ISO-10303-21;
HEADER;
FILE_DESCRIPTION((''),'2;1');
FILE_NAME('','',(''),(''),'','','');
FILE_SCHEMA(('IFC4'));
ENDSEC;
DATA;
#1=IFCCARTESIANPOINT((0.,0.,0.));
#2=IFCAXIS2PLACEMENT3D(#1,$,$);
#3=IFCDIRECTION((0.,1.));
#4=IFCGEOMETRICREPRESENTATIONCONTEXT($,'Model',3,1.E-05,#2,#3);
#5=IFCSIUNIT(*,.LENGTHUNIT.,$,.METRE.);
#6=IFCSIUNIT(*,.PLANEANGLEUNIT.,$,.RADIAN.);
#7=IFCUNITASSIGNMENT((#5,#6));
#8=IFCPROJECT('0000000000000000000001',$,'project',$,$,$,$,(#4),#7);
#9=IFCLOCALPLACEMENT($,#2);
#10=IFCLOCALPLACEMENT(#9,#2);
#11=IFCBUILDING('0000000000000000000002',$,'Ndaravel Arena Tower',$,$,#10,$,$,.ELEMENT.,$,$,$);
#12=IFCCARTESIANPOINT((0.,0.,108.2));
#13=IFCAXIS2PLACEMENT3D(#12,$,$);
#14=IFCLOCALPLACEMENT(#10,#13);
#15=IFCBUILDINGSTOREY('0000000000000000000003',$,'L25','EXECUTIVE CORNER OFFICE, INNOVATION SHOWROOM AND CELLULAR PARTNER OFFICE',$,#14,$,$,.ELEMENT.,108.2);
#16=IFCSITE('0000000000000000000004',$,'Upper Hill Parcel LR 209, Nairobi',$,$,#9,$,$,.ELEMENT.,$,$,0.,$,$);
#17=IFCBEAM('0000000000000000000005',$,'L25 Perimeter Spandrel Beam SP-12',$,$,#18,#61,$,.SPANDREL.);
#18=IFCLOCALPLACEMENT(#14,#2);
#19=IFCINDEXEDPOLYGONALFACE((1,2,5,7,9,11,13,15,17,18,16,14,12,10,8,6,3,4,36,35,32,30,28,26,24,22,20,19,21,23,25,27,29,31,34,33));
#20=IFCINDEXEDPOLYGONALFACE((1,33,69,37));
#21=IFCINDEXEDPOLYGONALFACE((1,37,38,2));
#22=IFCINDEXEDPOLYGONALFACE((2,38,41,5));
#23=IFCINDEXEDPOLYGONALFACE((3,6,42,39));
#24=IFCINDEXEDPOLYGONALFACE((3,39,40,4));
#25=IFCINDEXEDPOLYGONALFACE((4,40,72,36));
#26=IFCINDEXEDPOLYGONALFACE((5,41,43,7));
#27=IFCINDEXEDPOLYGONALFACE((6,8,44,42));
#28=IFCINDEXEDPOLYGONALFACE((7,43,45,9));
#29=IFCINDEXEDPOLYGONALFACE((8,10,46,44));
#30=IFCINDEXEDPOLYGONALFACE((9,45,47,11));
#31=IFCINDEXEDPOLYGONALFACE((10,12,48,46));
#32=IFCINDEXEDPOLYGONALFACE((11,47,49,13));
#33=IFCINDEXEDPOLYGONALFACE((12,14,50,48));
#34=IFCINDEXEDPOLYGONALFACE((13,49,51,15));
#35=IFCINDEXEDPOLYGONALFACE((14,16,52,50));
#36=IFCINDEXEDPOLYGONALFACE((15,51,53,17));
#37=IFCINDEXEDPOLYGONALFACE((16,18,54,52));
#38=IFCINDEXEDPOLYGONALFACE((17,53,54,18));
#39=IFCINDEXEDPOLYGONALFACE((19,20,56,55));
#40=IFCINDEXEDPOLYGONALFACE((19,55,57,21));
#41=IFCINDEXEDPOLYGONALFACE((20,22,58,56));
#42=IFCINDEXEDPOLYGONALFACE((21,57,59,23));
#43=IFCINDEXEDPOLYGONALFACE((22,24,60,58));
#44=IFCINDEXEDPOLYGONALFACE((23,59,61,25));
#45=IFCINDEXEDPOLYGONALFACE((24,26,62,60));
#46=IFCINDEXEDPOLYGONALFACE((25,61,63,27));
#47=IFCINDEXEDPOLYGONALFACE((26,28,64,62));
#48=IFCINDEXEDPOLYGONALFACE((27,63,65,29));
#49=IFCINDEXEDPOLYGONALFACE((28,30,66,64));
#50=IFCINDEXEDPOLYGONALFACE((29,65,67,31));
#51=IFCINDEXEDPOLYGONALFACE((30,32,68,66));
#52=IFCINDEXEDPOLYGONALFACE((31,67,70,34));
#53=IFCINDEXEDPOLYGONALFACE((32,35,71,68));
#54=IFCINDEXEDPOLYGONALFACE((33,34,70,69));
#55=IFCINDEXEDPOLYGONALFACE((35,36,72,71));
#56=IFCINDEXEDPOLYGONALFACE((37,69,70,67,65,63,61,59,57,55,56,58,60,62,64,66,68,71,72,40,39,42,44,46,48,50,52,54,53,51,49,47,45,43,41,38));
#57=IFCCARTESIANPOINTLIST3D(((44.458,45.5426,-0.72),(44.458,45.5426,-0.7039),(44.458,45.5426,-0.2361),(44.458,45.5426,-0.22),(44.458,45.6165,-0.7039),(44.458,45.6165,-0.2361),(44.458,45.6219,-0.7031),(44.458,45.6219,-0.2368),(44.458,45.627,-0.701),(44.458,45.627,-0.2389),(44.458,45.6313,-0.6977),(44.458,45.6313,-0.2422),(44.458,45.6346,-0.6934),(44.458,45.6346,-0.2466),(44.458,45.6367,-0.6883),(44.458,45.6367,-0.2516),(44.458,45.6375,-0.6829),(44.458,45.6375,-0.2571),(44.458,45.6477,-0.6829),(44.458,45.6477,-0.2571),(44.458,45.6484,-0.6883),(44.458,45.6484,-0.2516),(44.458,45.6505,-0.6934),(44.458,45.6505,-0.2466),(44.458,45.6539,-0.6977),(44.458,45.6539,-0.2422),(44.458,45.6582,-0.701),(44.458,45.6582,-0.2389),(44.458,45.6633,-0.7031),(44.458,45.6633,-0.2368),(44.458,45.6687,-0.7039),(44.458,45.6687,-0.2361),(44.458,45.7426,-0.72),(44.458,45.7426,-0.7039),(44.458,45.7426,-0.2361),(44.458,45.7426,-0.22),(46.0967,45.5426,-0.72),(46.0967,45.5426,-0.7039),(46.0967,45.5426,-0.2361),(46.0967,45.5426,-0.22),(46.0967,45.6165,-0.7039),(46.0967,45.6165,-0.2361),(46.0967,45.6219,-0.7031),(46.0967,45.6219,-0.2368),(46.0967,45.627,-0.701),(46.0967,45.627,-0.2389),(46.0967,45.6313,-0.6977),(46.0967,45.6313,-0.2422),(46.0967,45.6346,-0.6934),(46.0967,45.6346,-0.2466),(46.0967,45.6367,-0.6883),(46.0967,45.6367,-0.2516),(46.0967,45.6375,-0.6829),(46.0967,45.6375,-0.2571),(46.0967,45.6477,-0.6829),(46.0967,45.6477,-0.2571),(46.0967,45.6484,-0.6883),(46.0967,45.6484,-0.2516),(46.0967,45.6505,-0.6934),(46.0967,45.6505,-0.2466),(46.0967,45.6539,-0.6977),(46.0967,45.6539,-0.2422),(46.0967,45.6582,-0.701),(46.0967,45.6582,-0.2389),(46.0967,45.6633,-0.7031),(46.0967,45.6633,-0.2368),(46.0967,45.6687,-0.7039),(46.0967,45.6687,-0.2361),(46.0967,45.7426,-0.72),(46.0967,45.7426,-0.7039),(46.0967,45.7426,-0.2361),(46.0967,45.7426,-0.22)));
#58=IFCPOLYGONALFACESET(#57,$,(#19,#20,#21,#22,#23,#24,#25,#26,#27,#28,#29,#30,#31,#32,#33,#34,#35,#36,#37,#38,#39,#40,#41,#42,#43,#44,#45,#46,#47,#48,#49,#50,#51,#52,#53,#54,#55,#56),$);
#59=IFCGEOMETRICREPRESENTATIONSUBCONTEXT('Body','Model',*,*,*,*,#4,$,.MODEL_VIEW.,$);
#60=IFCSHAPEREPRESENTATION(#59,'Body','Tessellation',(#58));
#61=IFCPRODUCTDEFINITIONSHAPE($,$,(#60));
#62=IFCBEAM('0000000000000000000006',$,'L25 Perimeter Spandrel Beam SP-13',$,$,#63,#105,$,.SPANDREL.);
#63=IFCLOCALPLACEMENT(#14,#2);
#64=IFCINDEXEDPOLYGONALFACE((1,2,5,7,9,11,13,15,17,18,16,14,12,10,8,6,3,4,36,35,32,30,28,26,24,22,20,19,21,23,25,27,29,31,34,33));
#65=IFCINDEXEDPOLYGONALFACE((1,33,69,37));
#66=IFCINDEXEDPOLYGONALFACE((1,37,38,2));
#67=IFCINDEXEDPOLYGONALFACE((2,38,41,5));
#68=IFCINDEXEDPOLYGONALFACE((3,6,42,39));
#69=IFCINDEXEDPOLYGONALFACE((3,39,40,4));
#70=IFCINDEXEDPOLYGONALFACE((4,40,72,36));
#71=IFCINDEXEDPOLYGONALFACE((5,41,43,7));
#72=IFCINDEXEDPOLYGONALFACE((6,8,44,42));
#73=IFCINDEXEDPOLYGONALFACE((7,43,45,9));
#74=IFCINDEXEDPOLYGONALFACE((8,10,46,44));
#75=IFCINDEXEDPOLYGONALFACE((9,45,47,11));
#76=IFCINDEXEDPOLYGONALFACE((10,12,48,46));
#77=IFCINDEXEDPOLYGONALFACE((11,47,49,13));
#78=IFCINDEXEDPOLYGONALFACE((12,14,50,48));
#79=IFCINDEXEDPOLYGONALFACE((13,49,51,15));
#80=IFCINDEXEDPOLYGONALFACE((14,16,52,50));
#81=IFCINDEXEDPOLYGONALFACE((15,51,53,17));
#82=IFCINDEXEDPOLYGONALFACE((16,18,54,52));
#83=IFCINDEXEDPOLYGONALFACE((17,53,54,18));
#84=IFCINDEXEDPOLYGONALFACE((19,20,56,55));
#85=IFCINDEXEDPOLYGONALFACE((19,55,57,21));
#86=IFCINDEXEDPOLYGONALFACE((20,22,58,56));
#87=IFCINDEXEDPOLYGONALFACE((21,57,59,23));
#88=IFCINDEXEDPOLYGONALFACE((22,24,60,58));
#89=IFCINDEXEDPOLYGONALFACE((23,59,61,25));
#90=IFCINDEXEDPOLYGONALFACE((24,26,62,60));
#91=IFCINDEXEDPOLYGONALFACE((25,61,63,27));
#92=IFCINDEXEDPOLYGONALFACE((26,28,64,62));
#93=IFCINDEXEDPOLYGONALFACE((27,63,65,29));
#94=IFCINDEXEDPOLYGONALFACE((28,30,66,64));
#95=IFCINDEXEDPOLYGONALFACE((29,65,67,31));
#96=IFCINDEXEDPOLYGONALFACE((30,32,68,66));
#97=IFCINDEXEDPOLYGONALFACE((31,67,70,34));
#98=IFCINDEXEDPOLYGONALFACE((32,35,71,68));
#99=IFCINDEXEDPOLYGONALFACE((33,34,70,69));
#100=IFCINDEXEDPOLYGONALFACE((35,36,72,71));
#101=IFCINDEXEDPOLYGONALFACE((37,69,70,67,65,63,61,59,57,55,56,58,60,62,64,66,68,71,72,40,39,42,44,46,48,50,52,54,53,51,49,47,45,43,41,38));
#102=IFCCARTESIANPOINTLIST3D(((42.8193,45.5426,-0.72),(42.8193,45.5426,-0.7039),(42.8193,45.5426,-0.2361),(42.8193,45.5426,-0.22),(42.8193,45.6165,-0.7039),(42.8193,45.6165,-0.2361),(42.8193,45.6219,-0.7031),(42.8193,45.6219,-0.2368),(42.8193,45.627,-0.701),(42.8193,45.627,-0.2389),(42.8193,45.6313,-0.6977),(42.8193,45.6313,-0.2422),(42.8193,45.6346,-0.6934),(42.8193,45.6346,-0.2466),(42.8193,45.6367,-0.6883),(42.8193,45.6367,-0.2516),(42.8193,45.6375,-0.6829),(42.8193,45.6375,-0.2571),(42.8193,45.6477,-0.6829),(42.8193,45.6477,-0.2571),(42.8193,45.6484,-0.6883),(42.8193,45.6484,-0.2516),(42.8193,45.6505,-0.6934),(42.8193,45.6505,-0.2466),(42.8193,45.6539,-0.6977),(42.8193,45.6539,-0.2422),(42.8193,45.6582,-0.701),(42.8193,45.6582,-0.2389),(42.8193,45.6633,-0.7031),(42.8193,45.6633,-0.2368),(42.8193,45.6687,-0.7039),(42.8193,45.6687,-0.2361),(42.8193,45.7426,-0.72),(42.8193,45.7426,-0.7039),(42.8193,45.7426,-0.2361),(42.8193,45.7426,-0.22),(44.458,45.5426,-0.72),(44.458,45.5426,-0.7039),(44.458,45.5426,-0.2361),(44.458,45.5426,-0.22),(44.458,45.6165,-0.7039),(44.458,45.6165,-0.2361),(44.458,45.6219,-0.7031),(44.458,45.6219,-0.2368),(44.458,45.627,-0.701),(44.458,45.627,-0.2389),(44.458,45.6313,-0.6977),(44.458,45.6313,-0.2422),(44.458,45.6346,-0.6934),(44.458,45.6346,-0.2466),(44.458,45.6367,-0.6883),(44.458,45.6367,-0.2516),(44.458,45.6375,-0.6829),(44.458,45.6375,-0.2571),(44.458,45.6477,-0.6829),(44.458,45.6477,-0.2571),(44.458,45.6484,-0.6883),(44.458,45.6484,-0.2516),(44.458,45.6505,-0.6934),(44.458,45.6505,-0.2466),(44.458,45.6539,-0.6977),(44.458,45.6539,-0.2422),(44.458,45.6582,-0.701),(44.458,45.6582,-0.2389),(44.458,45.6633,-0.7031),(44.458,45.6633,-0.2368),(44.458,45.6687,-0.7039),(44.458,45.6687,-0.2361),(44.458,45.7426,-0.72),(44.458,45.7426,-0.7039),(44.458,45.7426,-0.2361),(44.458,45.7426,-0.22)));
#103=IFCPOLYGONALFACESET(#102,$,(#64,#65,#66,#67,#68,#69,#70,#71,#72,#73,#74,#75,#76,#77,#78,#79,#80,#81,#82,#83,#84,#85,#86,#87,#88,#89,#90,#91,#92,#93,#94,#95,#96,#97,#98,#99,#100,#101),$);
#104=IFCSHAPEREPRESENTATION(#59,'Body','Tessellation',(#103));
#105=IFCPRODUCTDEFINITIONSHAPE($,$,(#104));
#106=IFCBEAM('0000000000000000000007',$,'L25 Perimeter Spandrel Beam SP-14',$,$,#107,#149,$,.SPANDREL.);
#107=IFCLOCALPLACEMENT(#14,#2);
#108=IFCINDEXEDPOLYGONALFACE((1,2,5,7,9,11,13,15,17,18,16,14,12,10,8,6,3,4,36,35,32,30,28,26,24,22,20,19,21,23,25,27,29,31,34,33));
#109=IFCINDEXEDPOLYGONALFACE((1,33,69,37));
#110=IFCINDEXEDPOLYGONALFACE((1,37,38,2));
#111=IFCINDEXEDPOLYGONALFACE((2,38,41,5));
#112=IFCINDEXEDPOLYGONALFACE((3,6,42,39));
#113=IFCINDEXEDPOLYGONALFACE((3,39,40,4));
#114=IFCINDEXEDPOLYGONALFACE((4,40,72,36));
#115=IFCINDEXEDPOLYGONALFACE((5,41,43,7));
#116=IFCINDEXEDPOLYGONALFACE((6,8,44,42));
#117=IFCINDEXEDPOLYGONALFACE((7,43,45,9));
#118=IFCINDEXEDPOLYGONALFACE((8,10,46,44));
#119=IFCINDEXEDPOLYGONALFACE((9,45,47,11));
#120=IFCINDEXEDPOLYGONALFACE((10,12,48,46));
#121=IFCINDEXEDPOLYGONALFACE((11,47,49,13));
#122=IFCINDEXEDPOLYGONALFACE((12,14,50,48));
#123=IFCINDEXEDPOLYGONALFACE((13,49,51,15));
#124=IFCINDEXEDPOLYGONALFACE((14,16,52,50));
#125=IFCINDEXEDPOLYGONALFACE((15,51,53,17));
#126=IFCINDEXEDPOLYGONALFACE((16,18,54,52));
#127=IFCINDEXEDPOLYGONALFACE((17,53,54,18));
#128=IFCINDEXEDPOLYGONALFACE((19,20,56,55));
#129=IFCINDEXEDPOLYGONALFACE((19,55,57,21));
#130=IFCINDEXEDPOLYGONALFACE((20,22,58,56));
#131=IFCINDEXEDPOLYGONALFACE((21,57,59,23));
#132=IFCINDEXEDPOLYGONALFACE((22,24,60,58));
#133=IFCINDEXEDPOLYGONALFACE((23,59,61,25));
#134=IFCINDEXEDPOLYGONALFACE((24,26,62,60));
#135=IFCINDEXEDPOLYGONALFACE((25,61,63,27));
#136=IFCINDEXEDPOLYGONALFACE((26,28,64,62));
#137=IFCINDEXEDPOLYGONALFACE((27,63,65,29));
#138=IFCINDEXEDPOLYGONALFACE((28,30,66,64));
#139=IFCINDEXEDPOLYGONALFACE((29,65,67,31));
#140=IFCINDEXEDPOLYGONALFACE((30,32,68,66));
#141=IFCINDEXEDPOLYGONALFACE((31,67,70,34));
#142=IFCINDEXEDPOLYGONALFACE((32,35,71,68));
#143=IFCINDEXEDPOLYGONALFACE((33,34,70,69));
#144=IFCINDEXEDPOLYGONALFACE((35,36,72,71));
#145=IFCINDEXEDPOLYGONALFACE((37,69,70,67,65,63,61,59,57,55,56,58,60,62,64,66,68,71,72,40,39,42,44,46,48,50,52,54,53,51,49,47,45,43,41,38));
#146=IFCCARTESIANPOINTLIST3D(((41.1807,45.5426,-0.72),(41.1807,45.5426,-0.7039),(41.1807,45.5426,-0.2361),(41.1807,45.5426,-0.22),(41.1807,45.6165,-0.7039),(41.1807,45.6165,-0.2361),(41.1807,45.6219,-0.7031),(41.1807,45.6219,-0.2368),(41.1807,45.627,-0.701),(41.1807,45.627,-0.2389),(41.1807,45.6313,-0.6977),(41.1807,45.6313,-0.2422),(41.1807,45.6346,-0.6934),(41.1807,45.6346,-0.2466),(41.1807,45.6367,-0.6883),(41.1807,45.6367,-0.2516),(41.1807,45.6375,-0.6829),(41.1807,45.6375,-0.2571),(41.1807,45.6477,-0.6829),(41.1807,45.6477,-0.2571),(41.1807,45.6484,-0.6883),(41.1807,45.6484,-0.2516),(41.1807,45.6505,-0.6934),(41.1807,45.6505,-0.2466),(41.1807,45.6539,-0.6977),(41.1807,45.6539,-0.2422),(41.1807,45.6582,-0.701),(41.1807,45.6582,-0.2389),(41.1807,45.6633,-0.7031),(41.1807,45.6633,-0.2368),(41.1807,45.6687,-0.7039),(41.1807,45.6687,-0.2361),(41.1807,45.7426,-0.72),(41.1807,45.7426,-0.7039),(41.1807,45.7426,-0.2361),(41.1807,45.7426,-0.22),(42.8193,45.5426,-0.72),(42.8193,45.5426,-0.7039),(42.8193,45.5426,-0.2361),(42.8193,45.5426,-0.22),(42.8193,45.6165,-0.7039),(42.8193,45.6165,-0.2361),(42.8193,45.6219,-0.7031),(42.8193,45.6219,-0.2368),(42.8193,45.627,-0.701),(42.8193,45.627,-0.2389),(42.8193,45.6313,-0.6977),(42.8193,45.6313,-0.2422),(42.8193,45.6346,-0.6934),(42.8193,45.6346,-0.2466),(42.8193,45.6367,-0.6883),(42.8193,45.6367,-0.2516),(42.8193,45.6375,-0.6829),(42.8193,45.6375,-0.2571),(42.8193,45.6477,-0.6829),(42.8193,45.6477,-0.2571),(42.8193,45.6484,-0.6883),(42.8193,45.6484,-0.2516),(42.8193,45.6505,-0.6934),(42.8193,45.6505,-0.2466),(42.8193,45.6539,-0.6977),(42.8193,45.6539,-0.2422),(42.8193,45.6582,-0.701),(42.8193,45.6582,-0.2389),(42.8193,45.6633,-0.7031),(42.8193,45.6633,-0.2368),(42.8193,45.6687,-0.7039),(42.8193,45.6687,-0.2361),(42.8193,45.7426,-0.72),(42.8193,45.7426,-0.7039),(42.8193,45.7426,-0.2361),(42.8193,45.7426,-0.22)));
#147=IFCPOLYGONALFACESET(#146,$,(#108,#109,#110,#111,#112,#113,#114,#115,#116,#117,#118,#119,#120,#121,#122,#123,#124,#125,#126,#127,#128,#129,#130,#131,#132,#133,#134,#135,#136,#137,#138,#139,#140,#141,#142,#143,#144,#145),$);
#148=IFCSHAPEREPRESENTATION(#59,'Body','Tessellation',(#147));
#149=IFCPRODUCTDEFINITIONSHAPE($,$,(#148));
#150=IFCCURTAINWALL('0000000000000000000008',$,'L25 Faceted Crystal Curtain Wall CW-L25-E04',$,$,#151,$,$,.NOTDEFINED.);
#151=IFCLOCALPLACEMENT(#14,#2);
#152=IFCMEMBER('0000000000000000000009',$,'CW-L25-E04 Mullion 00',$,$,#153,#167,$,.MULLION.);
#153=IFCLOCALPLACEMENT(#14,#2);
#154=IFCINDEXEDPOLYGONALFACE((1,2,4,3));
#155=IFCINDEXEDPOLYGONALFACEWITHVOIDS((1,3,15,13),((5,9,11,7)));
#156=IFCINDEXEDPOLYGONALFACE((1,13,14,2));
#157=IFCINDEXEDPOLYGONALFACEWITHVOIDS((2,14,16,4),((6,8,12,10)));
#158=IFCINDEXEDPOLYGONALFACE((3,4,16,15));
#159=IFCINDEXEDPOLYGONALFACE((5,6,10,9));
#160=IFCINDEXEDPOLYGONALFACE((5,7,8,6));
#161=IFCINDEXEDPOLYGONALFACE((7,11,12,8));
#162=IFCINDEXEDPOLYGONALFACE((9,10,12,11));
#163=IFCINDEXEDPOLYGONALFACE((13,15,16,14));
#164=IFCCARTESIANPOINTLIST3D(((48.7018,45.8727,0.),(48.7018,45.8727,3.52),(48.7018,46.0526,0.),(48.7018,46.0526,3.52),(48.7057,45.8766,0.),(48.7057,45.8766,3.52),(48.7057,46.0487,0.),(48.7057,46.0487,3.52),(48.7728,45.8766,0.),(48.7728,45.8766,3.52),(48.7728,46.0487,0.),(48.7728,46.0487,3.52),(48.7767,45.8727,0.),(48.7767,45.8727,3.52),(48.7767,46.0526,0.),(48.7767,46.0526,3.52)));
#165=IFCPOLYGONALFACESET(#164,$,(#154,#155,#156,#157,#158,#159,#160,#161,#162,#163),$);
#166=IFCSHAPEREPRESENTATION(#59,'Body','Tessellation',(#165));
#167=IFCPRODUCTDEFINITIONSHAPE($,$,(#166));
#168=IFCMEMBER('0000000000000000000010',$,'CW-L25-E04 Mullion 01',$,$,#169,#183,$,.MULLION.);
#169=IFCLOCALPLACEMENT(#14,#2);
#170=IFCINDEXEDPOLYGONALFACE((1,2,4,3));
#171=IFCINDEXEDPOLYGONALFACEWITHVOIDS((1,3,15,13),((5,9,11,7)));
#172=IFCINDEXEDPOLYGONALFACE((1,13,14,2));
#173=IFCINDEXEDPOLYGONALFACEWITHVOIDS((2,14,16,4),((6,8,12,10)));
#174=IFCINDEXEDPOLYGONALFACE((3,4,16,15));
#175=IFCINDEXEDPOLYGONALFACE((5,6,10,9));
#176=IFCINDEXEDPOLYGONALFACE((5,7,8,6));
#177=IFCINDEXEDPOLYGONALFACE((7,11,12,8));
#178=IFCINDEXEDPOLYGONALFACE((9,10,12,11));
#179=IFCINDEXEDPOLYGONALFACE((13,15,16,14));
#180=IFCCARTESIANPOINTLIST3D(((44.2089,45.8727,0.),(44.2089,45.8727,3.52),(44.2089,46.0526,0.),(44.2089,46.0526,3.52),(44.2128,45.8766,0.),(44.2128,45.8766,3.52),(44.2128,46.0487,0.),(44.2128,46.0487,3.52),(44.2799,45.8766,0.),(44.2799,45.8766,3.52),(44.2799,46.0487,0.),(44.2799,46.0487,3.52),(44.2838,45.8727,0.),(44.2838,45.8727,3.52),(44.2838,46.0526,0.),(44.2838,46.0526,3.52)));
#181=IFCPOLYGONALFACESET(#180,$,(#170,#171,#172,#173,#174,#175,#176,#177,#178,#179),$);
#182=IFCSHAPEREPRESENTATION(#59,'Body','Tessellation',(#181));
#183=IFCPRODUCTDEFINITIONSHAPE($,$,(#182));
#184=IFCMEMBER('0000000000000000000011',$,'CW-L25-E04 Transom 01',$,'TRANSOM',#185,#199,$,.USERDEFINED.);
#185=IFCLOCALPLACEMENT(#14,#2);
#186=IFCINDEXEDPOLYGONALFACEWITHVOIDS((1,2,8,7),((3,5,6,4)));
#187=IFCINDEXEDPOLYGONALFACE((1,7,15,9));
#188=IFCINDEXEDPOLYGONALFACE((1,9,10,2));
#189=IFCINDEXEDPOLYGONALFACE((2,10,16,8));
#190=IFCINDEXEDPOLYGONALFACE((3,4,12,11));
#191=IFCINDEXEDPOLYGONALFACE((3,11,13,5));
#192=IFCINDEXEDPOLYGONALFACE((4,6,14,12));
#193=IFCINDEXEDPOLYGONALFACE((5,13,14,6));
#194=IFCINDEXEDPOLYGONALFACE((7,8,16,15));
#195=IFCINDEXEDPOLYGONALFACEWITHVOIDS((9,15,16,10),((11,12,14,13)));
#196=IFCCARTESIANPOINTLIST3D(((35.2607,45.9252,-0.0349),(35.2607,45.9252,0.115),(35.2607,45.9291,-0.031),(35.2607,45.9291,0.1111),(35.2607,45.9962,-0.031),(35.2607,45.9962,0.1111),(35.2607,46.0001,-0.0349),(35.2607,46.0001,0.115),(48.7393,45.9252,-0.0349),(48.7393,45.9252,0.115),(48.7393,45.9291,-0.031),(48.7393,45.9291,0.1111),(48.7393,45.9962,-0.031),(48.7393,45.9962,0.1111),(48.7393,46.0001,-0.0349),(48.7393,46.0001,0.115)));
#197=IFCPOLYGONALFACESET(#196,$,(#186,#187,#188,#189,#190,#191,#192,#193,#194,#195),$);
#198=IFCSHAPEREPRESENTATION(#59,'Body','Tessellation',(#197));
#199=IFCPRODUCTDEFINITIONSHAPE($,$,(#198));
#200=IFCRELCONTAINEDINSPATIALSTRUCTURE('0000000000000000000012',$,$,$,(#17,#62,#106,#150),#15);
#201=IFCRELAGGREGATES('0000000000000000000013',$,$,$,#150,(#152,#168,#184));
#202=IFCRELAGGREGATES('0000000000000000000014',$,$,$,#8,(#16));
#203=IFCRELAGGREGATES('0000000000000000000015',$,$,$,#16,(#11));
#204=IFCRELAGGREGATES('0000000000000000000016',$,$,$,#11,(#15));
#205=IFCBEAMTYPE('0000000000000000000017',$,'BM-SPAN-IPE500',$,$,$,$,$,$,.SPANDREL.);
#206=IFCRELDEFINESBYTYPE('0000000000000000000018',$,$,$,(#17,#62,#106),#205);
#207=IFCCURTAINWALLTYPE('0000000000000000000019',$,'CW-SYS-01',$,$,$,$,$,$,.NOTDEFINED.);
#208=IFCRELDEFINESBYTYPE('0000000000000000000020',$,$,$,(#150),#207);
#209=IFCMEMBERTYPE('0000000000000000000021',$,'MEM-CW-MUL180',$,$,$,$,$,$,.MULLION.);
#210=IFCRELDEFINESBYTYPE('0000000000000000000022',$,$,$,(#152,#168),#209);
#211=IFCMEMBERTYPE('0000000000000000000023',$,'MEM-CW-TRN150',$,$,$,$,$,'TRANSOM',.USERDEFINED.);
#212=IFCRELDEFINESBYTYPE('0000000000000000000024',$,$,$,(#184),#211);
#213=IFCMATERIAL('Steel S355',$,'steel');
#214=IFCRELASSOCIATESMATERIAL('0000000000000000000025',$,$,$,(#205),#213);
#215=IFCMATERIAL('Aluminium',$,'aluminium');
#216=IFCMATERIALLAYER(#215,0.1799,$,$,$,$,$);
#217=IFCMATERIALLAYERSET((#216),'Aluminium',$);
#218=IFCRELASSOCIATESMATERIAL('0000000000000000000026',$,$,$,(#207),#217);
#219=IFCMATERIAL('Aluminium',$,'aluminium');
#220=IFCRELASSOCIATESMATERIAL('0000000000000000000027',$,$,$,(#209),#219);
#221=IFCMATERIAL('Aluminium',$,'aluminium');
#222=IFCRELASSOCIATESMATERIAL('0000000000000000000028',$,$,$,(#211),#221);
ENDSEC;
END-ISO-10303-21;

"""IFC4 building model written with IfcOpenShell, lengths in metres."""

from ifc_helpers import new_model, si_unit, direction, frame, origin, origin_2d, place, context, subcontext, project, spatial, hollow_rectangle, i_section, extrude, material, layer, layer_set, material_profile, profile_set, type_object, element, aggregate, save


model = new_model("IFC4")

# Units and contexts
model_context = context("Model", 3, precision=1e-05, world=origin(), true_north=direction((0.0, 1.0)))
body_context = subcontext(model_context, "Body", "Model", "MODEL_VIEW")
ifc_project = project(units=[si_unit("LENGTHUNIT", "METRE"), si_unit("PLANEANGLEUNIT", "RADIAN")], contexts=[model_context])

# Site, building, storey
site_placement = place(None, origin())
site = spatial("IfcSite", under=ifc_project, at=site_placement, Name="Upper Hill Parcel LR 209, Nairobi", CompositionType="ELEMENT", RefElevation=0.0)
building_placement = place(site_placement, origin())
building = spatial("IfcBuilding", under=site, at=building_placement, Name="Ndaravel Arena Tower", CompositionType="ELEMENT")
storey_placement = place(building_placement, frame((0.0, 0.0, 108.2)))
storey = spatial("IfcBuildingStorey", under=building, at=storey_placement, Name="L25", Description="EXECUTIVE CORNER OFFICE, INNOVATION SHOWROOM AND CELLULAR PARTNER OFFICE", CompositionType="ELEMENT", Elevation=108.2)

# Beams
ifc_material_1 = material(Name="Steel S355", Category="steel")
ifc_material_profile_1 = material_profile(ifc_material_1, i_section(OverallWidth=0.2, OverallDepth=0.5, WebThickness=0.0103, FlangeThickness=0.0161, FilletRadius=0.021, at=origin_2d()), Name="IPE 500")
ifc_profile_set_1 = profile_set([ifc_material_profile_1], Name="Steel S355")
beam_type_1 = type_object("IfcBeamType", Name="BM-SPAN-IPE500", PredefinedType="SPANDREL", material=ifc_profile_set_1)
for number, where, z_axis, x_axis, name in (
    (1, (46.0967, 45.6426, -0.47), (-1.0, 0.0, 0.0), (0.0, -1.0, 0.0), "L25 Perimeter Spandrel Beam SP-12"),
    (2, (44.458, 45.6426, -0.47), (-1.0, 0.0, 0.0), (0.0, -1.0, 0.0), "L25 Perimeter Spandrel Beam SP-13"),
    (3, (42.8193, 45.6426, -0.47), (-1.0, 0.0, 0.0), (0.0, -1.0, 0.0), "L25 Perimeter Spandrel Beam SP-14"),
):
    element("IfcBeam", number, at=place(storey_placement, frame(where, z_axis=z_axis, x_axis=x_axis)), inside=storey, type_object=beam_type_1, Name=name, PredefinedType="SPANDREL", context=body_context, shape_type="SweptSolid", body=[
        extrude(i_section(OverallWidth=0.2, OverallDepth=0.5, WebThickness=0.0103, FlangeThickness=0.0161, FilletRadius=0.021, at=origin_2d()), origin(), (0.0, 0.0, 1.0), 1.6387),
    ])

# Curtain wall, members
ifc_material_2 = material(Name="Aluminium", Category="aluminium")
ifc_layer_1 = layer(ifc_material_2, 0.1799)
ifc_layer_set_1 = layer_set([ifc_layer_1], Name="Aluminium")
curtain_wall_type = type_object("IfcCurtainWallType", Name="CW-SYS-01", PredefinedType="NOTDEFINED", material=ifc_layer_set_1)
curtain_wall_placement = place(storey_placement, origin())
curtain_wall = element("IfcCurtainWall", 4, at=curtain_wall_placement, inside=storey, type_object=curtain_wall_type, Name="L25 Faceted Crystal Curtain Wall CW-L25-E04", PredefinedType="NOTDEFINED")
ifc_material_3 = material(Name="Aluminium", Category="aluminium")
ifc_material_profile_2 = material_profile(ifc_material_3, hollow_rectangle(XDim=0.075, YDim=0.1799, WallThickness=0.0039, at=origin_2d()), Name="CW MULLION 75x180x4")
ifc_profile_set_2 = profile_set([ifc_material_profile_2], Name="Aluminium")
member_type_1 = type_object("IfcMemberType", Name="MEM-CW-MUL180", PredefinedType="MULLION", material=ifc_profile_set_2)
member_1_placement = place(storey_placement, frame((48.7393, 45.9626, 0.0), z_axis=(0.0, 0.0, 1.0), x_axis=(-1.0, 0.0, 0.0)))
member_1 = element("IfcMember", 5, at=member_1_placement, type_object=member_type_1, Name="CW-L25-E04 Mullion 00", PredefinedType="MULLION", context=body_context, shape_type="SweptSolid", body=[
    extrude(hollow_rectangle(XDim=0.075, YDim=0.1799, WallThickness=0.0039, at=origin_2d()), origin(), (0.0, 0.0, 1.0), 3.52),
])
member_2_placement = place(storey_placement, frame((44.2463, 45.9626, 0.0), z_axis=(0.0, 0.0, 1.0), x_axis=(-1.0, 0.0, 0.0)))
member_2 = element("IfcMember", 6, at=member_2_placement, type_object=member_type_1, Name="CW-L25-E04 Mullion 01", PredefinedType="MULLION", context=body_context, shape_type="SweptSolid", body=[
    extrude(hollow_rectangle(XDim=0.075, YDim=0.1799, WallThickness=0.0039, at=origin_2d()), origin(), (0.0, 0.0, 1.0), 3.52),
])
ifc_material_4 = material(Name="Aluminium", Category="aluminium")
ifc_material_profile_3 = material_profile(ifc_material_4, hollow_rectangle(XDim=0.075, YDim=0.1499, WallThickness=0.0039, at=origin_2d()), Name="CW TRANSOM 75x150x4")
ifc_profile_set_3 = profile_set([ifc_material_profile_3], Name="Aluminium")
member_type_2 = type_object("IfcMemberType", Name="MEM-CW-TRN150", ElementType="TRANSOM", PredefinedType="USERDEFINED", material=ifc_profile_set_3)
member_3_placement = place(storey_placement, frame((48.7393, 45.9626, 0.04), z_axis=(-1.0, 0.0, 0.0), x_axis=(0.0, -1.0, 0.0)))
member_3 = element("IfcMember", 7, at=member_3_placement, type_object=member_type_2, Name="CW-L25-E04 Transom 01", ObjectType="TRANSOM", PredefinedType="USERDEFINED", context=body_context, shape_type="SweptSolid", body=[
    extrude(hollow_rectangle(XDim=0.075, YDim=0.1499, WallThickness=0.0039, at=origin_2d()), origin(), (0.0, 0.0, 1.0), 13.4785),
])
aggregate(curtain_wall, [member_1, member_2, member_3])

save(model, "model.ifc")
